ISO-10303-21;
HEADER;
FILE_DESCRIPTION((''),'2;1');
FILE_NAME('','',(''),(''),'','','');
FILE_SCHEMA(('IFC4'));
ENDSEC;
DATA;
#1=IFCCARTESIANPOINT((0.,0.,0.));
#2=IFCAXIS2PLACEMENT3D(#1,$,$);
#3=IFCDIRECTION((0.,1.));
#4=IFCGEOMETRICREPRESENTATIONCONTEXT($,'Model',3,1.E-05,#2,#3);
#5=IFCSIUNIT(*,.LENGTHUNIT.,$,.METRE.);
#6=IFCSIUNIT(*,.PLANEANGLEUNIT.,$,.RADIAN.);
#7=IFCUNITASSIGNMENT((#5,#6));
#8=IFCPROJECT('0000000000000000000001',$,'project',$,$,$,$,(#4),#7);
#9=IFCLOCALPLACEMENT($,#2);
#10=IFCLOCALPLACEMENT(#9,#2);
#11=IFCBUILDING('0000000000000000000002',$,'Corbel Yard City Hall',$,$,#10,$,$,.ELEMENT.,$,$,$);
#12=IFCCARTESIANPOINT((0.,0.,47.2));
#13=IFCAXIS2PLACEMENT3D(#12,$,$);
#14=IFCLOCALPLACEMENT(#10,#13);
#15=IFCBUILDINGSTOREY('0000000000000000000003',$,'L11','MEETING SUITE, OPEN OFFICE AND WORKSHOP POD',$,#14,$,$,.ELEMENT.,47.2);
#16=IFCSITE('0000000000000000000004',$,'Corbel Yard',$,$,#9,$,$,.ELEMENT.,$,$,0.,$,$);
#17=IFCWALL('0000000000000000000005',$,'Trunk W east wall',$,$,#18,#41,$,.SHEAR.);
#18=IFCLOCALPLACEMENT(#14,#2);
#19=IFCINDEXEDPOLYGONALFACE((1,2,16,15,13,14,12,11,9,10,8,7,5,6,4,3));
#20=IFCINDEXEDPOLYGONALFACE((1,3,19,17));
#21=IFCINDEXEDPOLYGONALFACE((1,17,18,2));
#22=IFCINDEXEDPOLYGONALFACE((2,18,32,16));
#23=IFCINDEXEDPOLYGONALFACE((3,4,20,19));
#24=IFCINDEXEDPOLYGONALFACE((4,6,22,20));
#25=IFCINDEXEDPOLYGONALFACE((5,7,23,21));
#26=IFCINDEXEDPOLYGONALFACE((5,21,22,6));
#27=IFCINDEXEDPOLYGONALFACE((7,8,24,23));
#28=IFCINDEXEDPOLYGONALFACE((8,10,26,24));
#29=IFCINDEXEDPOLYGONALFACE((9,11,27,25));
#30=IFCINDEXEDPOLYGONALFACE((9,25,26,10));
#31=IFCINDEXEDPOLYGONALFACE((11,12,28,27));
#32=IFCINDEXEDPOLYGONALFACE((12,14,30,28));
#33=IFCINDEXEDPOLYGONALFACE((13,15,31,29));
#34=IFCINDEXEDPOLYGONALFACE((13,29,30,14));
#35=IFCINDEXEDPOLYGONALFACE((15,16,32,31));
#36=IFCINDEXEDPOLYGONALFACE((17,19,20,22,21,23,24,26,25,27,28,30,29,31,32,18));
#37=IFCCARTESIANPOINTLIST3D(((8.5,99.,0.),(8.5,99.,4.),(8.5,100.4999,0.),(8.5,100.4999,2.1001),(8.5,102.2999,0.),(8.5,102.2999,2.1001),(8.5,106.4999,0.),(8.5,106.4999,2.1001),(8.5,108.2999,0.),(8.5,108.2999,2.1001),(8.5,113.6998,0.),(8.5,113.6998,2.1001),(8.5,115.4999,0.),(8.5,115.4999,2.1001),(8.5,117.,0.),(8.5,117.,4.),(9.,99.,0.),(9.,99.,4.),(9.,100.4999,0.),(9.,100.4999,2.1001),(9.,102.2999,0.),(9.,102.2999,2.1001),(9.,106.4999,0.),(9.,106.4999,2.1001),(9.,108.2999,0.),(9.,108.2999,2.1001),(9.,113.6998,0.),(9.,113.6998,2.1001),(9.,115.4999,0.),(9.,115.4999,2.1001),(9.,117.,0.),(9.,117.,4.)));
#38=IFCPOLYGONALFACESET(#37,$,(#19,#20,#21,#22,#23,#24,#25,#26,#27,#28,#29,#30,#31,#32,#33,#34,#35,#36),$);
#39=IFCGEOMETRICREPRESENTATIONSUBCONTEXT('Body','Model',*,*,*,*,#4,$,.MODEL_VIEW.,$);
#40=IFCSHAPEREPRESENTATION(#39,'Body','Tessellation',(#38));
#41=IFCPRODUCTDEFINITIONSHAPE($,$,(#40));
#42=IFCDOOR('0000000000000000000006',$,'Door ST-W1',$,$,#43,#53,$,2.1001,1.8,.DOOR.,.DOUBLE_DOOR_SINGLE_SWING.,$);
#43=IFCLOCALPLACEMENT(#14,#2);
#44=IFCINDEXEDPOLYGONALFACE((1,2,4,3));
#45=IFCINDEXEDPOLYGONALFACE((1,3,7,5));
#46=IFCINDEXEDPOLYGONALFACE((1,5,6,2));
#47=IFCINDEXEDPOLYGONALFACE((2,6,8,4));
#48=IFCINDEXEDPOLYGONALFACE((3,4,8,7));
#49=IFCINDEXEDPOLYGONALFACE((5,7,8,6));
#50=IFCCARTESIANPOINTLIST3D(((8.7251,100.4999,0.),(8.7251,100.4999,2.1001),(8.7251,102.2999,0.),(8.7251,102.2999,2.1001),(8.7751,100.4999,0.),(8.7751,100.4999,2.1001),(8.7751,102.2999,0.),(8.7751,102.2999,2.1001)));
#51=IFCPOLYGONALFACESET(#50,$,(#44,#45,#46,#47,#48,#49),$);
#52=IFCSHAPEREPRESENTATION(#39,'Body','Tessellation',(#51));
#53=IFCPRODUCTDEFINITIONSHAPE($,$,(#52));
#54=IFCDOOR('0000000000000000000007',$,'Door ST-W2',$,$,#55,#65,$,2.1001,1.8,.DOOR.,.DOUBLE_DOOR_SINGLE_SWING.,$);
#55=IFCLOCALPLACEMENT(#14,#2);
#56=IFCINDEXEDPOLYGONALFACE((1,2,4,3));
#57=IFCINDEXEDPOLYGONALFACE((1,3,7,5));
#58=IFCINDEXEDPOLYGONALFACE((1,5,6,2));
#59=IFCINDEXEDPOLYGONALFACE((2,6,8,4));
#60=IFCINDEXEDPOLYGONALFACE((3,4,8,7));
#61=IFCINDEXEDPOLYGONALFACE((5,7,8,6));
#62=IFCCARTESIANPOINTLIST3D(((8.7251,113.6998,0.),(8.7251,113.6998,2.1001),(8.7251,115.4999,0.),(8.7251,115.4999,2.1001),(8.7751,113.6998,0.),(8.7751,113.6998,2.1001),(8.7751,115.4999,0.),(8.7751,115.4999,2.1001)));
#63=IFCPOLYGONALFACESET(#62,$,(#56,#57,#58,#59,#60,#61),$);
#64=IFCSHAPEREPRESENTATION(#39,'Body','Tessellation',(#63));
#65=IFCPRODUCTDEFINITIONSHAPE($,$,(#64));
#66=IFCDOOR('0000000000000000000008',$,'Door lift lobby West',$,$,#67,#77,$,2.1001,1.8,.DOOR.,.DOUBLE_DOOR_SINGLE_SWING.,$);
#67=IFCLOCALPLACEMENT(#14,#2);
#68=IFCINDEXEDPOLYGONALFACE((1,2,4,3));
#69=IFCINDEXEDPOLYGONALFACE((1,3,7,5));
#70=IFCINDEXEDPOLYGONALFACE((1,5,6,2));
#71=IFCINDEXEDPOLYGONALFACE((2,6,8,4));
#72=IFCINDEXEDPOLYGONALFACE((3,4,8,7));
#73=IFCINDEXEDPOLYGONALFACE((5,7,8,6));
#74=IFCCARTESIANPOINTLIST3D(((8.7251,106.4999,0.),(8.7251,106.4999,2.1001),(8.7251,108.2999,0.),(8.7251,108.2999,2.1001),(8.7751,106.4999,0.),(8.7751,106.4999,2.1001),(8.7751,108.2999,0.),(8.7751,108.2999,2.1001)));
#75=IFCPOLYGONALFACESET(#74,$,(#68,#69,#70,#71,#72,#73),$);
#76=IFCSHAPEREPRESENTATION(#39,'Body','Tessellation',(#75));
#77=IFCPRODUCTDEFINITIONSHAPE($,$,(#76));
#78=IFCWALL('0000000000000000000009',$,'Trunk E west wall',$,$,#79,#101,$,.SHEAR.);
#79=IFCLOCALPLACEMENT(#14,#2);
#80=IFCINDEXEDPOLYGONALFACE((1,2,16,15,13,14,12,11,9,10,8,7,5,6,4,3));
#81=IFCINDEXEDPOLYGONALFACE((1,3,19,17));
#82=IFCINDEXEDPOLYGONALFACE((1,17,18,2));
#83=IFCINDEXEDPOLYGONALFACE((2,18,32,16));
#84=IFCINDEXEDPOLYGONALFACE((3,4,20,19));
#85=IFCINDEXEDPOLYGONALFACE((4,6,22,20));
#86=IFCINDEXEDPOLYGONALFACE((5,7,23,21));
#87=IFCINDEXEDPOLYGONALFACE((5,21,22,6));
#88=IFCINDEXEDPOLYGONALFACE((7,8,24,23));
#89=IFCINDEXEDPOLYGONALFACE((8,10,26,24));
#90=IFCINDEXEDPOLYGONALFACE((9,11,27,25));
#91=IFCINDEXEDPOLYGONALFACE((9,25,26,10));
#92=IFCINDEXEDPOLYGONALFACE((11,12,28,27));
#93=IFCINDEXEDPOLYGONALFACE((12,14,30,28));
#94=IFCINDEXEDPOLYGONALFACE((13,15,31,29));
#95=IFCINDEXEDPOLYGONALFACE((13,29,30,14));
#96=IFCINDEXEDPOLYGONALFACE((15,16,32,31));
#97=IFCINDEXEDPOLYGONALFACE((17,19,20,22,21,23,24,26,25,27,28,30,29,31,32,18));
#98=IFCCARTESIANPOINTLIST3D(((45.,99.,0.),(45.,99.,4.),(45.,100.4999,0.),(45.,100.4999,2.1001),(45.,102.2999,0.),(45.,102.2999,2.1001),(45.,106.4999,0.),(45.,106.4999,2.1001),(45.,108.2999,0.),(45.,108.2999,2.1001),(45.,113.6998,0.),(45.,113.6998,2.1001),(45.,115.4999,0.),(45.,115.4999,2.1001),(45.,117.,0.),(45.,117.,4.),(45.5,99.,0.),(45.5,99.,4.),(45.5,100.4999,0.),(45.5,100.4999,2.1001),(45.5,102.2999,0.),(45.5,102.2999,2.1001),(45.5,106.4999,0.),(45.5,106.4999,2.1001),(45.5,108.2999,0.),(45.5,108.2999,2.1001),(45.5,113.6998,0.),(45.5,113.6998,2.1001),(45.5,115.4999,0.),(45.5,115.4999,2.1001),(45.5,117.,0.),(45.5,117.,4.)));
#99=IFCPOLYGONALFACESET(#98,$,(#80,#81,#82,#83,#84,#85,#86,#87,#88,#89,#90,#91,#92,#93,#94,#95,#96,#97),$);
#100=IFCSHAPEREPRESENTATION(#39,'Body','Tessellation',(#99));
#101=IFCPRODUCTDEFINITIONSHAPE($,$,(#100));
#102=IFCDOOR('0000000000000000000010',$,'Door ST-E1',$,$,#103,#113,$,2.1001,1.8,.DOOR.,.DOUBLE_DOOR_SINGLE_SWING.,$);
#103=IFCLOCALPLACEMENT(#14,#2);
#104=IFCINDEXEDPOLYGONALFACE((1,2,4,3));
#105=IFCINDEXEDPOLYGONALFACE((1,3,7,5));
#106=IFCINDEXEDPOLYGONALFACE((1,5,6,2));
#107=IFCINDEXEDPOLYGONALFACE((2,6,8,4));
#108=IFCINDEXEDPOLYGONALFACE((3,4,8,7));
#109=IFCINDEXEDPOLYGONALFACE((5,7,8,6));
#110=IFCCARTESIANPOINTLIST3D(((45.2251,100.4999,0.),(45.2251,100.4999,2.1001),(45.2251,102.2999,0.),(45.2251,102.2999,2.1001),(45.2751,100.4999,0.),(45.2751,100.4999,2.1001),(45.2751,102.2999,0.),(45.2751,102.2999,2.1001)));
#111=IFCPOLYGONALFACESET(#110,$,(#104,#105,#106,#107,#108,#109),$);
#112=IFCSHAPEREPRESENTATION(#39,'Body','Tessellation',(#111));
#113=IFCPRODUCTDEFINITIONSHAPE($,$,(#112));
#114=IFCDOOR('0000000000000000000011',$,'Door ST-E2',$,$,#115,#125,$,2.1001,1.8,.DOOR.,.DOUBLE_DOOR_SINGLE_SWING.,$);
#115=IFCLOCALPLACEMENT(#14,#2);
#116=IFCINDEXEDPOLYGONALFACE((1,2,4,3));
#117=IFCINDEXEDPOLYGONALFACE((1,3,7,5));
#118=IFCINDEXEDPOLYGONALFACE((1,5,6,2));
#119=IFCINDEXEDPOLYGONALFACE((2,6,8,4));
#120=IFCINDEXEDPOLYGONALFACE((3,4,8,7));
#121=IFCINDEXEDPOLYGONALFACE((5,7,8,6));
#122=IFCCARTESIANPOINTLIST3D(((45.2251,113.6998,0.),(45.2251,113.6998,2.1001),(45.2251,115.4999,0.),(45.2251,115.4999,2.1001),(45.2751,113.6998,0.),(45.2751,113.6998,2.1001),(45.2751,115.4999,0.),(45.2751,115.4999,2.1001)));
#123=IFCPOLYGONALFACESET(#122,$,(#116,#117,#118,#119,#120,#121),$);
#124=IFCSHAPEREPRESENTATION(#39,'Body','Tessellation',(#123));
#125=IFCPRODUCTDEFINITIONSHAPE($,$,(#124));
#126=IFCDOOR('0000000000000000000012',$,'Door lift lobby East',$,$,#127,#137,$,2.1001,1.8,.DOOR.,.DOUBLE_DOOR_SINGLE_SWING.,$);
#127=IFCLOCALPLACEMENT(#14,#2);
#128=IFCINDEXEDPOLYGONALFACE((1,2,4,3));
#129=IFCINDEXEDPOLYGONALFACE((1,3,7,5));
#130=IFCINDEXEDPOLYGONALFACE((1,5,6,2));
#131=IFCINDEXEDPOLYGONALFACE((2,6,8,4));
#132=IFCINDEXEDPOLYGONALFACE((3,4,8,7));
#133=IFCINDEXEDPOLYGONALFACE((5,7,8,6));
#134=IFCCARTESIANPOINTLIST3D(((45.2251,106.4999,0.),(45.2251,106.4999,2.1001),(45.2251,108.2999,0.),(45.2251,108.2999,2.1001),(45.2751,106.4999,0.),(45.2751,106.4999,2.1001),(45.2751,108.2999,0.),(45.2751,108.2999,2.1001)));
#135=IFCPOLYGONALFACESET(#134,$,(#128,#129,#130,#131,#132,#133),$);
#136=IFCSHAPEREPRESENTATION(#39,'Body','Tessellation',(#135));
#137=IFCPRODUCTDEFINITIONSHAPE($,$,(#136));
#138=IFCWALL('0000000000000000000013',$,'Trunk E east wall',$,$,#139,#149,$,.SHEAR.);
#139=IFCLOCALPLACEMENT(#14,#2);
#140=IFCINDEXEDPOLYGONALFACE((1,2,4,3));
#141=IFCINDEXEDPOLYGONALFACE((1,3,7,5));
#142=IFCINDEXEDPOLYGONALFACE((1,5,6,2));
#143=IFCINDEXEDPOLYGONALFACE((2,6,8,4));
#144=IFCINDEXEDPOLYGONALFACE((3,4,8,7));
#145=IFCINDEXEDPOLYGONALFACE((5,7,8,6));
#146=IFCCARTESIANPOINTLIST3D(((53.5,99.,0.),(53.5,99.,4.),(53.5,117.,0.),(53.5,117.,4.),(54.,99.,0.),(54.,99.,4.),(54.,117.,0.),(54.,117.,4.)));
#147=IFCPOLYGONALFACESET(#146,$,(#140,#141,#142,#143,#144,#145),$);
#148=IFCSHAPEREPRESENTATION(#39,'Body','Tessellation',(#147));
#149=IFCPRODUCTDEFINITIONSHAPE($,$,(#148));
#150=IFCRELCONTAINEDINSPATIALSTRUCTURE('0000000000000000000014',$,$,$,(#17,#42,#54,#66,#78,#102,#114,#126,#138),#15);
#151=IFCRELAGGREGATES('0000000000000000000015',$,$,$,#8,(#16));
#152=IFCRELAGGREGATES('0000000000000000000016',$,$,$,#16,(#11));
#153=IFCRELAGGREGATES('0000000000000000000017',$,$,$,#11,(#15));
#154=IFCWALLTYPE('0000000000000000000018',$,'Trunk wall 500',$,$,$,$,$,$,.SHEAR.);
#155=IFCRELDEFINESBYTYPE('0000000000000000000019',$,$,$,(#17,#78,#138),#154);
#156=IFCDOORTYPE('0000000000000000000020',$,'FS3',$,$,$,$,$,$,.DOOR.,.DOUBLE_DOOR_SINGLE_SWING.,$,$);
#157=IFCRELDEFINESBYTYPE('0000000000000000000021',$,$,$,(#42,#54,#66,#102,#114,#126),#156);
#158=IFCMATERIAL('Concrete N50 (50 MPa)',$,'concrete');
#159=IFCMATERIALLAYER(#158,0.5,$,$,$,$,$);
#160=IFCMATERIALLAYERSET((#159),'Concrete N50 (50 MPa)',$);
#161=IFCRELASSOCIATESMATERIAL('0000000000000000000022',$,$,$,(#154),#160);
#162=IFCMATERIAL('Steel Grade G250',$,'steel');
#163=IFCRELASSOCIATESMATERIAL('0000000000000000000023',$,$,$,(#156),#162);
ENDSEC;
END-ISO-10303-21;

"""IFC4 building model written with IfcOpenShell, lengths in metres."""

from ifc_helpers import new_model, si_unit, direction, frame, frame_2d, origin, place, context, subcontext, project, spatial, rectangle, extrude, material, layer, layer_set, type_object, element, fill, save


model = new_model("IFC4")

# Units and contexts
model_context = context("Model", 3, precision=1e-05, world=origin(), true_north=direction((0.0, 1.0)))
body_context = subcontext(model_context, "Body", "Model", "MODEL_VIEW")
ifc_project = project(units=[si_unit("LENGTHUNIT", "METRE"), si_unit("PLANEANGLEUNIT", "RADIAN")], contexts=[model_context])

# Site, building, storey
site_placement = place(None, origin())
site = spatial("IfcSite", under=ifc_project, at=site_placement, Name="Corbel Yard", CompositionType="ELEMENT", RefElevation=0.0)
building_placement = place(site_placement, origin())
building = spatial("IfcBuilding", under=site, at=building_placement, Name="Corbel Yard City Hall", CompositionType="ELEMENT")
storey_placement = place(building_placement, frame((0.0, 0.0, 47.2)))
storey = spatial("IfcBuildingStorey", under=building, at=storey_placement, Name="L11", Description="MEETING SUITE, OPEN OFFICE AND WORKSHOP POD", CompositionType="ELEMENT", Elevation=47.2)

# Shared definitions
ifc_material_1 = material(Name="Concrete N50 (50 MPa)", Category="concrete")
ifc_layer_1 = layer(ifc_material_1, 0.5)
ifc_layer_set_1 = layer_set([ifc_layer_1], Name="Concrete N50 (50 MPa)")
wall_type_1 = type_object("IfcWallType", Name="Trunk wall 500", PredefinedType="SHEAR", material=ifc_layer_set_1)

# Walls, openings, doors
wall_1_placement = place(storey_placement, frame((8.75, 99.0, 0.0), z_axis=(0.0, 0.0, 1.0), x_axis=(0.0, 1.0, 0.0)))
wall_1 = element("IfcWall", 1, at=wall_1_placement, inside=storey, type_object=wall_type_1, Name="Trunk W east wall", PredefinedType="SHEAR", context=body_context, shape_type="SweptSolid", body=[
    extrude(rectangle(XDim=18.0, YDim=0.5, at=frame_2d((9.0, 0.0))), origin(), (0.0, 0.0, 1.0), 4.0),
])
opening_1_placement = place(wall_1_placement, frame((1.5, 0.0, 0.0)))
opening_1 = element("IfcOpeningElement", 2, at=opening_1_placement, cuts=wall_1, PredefinedType="OPENING", context=body_context, shape_type="SweptSolid", body=[
    extrude(rectangle(XDim=1.8, YDim=2.1001, at=frame_2d((0.8999, 1.05))), frame((0.0, 0.26, 0.0), z_axis=(0.0, -1.0, 0.0), x_axis=(1.0, 0.0, 0.0)), (0.0, 0.0, 1.0), 0.52),
])
opening_2_placement = place(wall_1_placement, frame((14.7, 0.0, 0.0)))
opening_2 = element("IfcOpeningElement", 3, at=opening_2_placement, cuts=wall_1, PredefinedType="OPENING", context=body_context, shape_type="SweptSolid", body=[
    extrude(rectangle(XDim=1.8, YDim=2.1001, at=frame_2d((0.8999, 1.05))), frame((0.0, 0.26, 0.0), z_axis=(0.0, -1.0, 0.0), x_axis=(1.0, 0.0, 0.0)), (0.0, 0.0, 1.0), 0.52),
])
opening_3_placement = place(wall_1_placement, frame((7.5, 0.0, 0.0)))
opening_3 = element("IfcOpeningElement", 4, at=opening_3_placement, cuts=wall_1, PredefinedType="OPENING", context=body_context, shape_type="SweptSolid", body=[
    extrude(rectangle(XDim=1.8, YDim=2.1001, at=frame_2d((0.8999, 1.05))), frame((0.0, 0.26, 0.0), z_axis=(0.0, -1.0, 0.0), x_axis=(1.0, 0.0, 0.0)), (0.0, 0.0, 1.0), 0.52),
])
ifc_material_2 = material(Name="Steel Grade G250", Category="steel")
door_type_1 = type_object("IfcDoorType", Name="FS3", OperationType="DOUBLE_DOOR_SINGLE_SWING", PredefinedType="DOOR", material=ifc_material_2)
door_1_placement = place(opening_1_placement, origin())
door_1 = element("IfcDoor", 5, at=door_1_placement, inside=storey, type_object=door_type_1, Name="Door ST-W1", OperationType="DOUBLE_DOOR_SINGLE_SWING", OverallHeight=2.1001, OverallWidth=1.8, PredefinedType="DOOR", context=body_context, shape_type="SweptSolid", body=[
    extrude(rectangle(XDim=1.8, YDim=2.1001, at=frame_2d((0.8999, 1.05))), frame((0.0, 0.0249, 0.0), z_axis=(0.0, -1.0, 0.0), x_axis=(1.0, 0.0, 0.0)), (0.0, 0.0, 1.0), 0.05),
])
fill(opening_1, door_1)
door_2_placement = place(opening_2_placement, origin())
door_2 = element("IfcDoor", 6, at=door_2_placement, inside=storey, type_object=door_type_1, Name="Door ST-W2", OperationType="DOUBLE_DOOR_SINGLE_SWING", OverallHeight=2.1001, OverallWidth=1.8, PredefinedType="DOOR", context=body_context, shape_type="SweptSolid", body=[
    extrude(rectangle(XDim=1.8, YDim=2.1001, at=frame_2d((0.8999, 1.05))), frame((0.0, 0.0249, 0.0), z_axis=(0.0, -1.0, 0.0), x_axis=(1.0, 0.0, 0.0)), (0.0, 0.0, 1.0), 0.05),
])
fill(opening_2, door_2)
door_3_placement = place(opening_3_placement, origin())
door_3 = element("IfcDoor", 7, at=door_3_placement, inside=storey, type_object=door_type_1, Name="Door lift lobby West", OperationType="DOUBLE_DOOR_SINGLE_SWING", OverallHeight=2.1001, OverallWidth=1.8, PredefinedType="DOOR", context=body_context, shape_type="SweptSolid", body=[
    extrude(rectangle(XDim=1.8, YDim=2.1001, at=frame_2d((0.8999, 1.05))), frame((0.0, 0.0249, 0.0), z_axis=(0.0, -1.0, 0.0), x_axis=(1.0, 0.0, 0.0)), (0.0, 0.0, 1.0), 0.05),
])
fill(opening_3, door_3)
wall_2_placement = place(storey_placement, frame((45.25, 99.0, 0.0), z_axis=(0.0, 0.0, 1.0), x_axis=(0.0, 1.0, 0.0)))
wall_2 = element("IfcWall", 8, at=wall_2_placement, inside=storey, type_object=wall_type_1, Name="Trunk E west wall", PredefinedType="SHEAR", context=body_context, shape_type="SweptSolid", body=[
    extrude(rectangle(XDim=18.0, YDim=0.5, at=frame_2d((9.0, 0.0))), origin(), (0.0, 0.0, 1.0), 4.0),
])
opening_4_placement = place(wall_2_placement, frame((1.5, 0.0, 0.0)))
opening_4 = element("IfcOpeningElement", 9, at=opening_4_placement, cuts=wall_2, PredefinedType="OPENING", context=body_context, shape_type="SweptSolid", body=[
    extrude(rectangle(XDim=1.8, YDim=2.1001, at=frame_2d((0.8999, 1.05))), frame((0.0, 0.26, 0.0), z_axis=(0.0, -1.0, 0.0), x_axis=(1.0, 0.0, 0.0)), (0.0, 0.0, 1.0), 0.52),
])
opening_5_placement = place(wall_2_placement, frame((14.7, 0.0, 0.0)))
opening_5 = element("IfcOpeningElement", 10, at=opening_5_placement, cuts=wall_2, PredefinedType="OPENING", context=body_context, shape_type="SweptSolid", body=[
    extrude(rectangle(XDim=1.8, YDim=2.1001, at=frame_2d((0.8999, 1.05))), frame((0.0, 0.26, 0.0), z_axis=(0.0, -1.0, 0.0), x_axis=(1.0, 0.0, 0.0)), (0.0, 0.0, 1.0), 0.52),
])
opening_6_placement = place(wall_2_placement, frame((7.5, 0.0, 0.0)))
opening_6 = element("IfcOpeningElement", 11, at=opening_6_placement, cuts=wall_2, PredefinedType="OPENING", context=body_context, shape_type="SweptSolid", body=[
    extrude(rectangle(XDim=1.8, YDim=2.1001, at=frame_2d((0.8999, 1.05))), frame((0.0, 0.26, 0.0), z_axis=(0.0, -1.0, 0.0), x_axis=(1.0, 0.0, 0.0)), (0.0, 0.0, 1.0), 0.52),
])
door_4_placement = place(opening_4_placement, origin())
door_4 = element("IfcDoor", 12, at=door_4_placement, inside=storey, type_object=door_type_1, Name="Door ST-E1", OperationType="DOUBLE_DOOR_SINGLE_SWING", OverallHeight=2.1001, OverallWidth=1.8, PredefinedType="DOOR", context=body_context, shape_type="SweptSolid", body=[
    extrude(rectangle(XDim=1.8, YDim=2.1001, at=frame_2d((0.8999, 1.05))), frame((0.0, 0.0249, 0.0), z_axis=(0.0, -1.0, 0.0), x_axis=(1.0, 0.0, 0.0)), (0.0, 0.0, 1.0), 0.05),
])
fill(opening_4, door_4)
door_5_placement = place(opening_5_placement, origin())
door_5 = element("IfcDoor", 13, at=door_5_placement, inside=storey, type_object=door_type_1, Name="Door ST-E2", OperationType="DOUBLE_DOOR_SINGLE_SWING", OverallHeight=2.1001, OverallWidth=1.8, PredefinedType="DOOR", context=body_context, shape_type="SweptSolid", body=[
    extrude(rectangle(XDim=1.8, YDim=2.1001, at=frame_2d((0.8999, 1.05))), frame((0.0, 0.0249, 0.0), z_axis=(0.0, -1.0, 0.0), x_axis=(1.0, 0.0, 0.0)), (0.0, 0.0, 1.0), 0.05),
])
fill(opening_5, door_5)
door_6_placement = place(opening_6_placement, origin())
door_6 = element("IfcDoor", 14, at=door_6_placement, inside=storey, type_object=door_type_1, Name="Door lift lobby East", OperationType="DOUBLE_DOOR_SINGLE_SWING", OverallHeight=2.1001, OverallWidth=1.8, PredefinedType="DOOR", context=body_context, shape_type="SweptSolid", body=[
    extrude(rectangle(XDim=1.8, YDim=2.1001, at=frame_2d((0.8999, 1.05))), frame((0.0, 0.0249, 0.0), z_axis=(0.0, -1.0, 0.0), x_axis=(1.0, 0.0, 0.0)), (0.0, 0.0, 1.0), 0.05),
])
fill(opening_6, door_6)

# Wall
wall_3_placement = place(storey_placement, frame((53.75, 99.0, 0.0), z_axis=(0.0, 0.0, 1.0), x_axis=(0.0, 1.0, 0.0)))
element("IfcWall", 15, at=wall_3_placement, inside=storey, type_object=wall_type_1, Name="Trunk E east wall", PredefinedType="SHEAR", context=body_context, shape_type="SweptSolid", body=[
    extrude(rectangle(XDim=18.0, YDim=0.5, at=frame_2d((9.0, 0.0))), origin(), (0.0, 0.0, 1.0), 4.0),
])

save(model, "model.ifc")
